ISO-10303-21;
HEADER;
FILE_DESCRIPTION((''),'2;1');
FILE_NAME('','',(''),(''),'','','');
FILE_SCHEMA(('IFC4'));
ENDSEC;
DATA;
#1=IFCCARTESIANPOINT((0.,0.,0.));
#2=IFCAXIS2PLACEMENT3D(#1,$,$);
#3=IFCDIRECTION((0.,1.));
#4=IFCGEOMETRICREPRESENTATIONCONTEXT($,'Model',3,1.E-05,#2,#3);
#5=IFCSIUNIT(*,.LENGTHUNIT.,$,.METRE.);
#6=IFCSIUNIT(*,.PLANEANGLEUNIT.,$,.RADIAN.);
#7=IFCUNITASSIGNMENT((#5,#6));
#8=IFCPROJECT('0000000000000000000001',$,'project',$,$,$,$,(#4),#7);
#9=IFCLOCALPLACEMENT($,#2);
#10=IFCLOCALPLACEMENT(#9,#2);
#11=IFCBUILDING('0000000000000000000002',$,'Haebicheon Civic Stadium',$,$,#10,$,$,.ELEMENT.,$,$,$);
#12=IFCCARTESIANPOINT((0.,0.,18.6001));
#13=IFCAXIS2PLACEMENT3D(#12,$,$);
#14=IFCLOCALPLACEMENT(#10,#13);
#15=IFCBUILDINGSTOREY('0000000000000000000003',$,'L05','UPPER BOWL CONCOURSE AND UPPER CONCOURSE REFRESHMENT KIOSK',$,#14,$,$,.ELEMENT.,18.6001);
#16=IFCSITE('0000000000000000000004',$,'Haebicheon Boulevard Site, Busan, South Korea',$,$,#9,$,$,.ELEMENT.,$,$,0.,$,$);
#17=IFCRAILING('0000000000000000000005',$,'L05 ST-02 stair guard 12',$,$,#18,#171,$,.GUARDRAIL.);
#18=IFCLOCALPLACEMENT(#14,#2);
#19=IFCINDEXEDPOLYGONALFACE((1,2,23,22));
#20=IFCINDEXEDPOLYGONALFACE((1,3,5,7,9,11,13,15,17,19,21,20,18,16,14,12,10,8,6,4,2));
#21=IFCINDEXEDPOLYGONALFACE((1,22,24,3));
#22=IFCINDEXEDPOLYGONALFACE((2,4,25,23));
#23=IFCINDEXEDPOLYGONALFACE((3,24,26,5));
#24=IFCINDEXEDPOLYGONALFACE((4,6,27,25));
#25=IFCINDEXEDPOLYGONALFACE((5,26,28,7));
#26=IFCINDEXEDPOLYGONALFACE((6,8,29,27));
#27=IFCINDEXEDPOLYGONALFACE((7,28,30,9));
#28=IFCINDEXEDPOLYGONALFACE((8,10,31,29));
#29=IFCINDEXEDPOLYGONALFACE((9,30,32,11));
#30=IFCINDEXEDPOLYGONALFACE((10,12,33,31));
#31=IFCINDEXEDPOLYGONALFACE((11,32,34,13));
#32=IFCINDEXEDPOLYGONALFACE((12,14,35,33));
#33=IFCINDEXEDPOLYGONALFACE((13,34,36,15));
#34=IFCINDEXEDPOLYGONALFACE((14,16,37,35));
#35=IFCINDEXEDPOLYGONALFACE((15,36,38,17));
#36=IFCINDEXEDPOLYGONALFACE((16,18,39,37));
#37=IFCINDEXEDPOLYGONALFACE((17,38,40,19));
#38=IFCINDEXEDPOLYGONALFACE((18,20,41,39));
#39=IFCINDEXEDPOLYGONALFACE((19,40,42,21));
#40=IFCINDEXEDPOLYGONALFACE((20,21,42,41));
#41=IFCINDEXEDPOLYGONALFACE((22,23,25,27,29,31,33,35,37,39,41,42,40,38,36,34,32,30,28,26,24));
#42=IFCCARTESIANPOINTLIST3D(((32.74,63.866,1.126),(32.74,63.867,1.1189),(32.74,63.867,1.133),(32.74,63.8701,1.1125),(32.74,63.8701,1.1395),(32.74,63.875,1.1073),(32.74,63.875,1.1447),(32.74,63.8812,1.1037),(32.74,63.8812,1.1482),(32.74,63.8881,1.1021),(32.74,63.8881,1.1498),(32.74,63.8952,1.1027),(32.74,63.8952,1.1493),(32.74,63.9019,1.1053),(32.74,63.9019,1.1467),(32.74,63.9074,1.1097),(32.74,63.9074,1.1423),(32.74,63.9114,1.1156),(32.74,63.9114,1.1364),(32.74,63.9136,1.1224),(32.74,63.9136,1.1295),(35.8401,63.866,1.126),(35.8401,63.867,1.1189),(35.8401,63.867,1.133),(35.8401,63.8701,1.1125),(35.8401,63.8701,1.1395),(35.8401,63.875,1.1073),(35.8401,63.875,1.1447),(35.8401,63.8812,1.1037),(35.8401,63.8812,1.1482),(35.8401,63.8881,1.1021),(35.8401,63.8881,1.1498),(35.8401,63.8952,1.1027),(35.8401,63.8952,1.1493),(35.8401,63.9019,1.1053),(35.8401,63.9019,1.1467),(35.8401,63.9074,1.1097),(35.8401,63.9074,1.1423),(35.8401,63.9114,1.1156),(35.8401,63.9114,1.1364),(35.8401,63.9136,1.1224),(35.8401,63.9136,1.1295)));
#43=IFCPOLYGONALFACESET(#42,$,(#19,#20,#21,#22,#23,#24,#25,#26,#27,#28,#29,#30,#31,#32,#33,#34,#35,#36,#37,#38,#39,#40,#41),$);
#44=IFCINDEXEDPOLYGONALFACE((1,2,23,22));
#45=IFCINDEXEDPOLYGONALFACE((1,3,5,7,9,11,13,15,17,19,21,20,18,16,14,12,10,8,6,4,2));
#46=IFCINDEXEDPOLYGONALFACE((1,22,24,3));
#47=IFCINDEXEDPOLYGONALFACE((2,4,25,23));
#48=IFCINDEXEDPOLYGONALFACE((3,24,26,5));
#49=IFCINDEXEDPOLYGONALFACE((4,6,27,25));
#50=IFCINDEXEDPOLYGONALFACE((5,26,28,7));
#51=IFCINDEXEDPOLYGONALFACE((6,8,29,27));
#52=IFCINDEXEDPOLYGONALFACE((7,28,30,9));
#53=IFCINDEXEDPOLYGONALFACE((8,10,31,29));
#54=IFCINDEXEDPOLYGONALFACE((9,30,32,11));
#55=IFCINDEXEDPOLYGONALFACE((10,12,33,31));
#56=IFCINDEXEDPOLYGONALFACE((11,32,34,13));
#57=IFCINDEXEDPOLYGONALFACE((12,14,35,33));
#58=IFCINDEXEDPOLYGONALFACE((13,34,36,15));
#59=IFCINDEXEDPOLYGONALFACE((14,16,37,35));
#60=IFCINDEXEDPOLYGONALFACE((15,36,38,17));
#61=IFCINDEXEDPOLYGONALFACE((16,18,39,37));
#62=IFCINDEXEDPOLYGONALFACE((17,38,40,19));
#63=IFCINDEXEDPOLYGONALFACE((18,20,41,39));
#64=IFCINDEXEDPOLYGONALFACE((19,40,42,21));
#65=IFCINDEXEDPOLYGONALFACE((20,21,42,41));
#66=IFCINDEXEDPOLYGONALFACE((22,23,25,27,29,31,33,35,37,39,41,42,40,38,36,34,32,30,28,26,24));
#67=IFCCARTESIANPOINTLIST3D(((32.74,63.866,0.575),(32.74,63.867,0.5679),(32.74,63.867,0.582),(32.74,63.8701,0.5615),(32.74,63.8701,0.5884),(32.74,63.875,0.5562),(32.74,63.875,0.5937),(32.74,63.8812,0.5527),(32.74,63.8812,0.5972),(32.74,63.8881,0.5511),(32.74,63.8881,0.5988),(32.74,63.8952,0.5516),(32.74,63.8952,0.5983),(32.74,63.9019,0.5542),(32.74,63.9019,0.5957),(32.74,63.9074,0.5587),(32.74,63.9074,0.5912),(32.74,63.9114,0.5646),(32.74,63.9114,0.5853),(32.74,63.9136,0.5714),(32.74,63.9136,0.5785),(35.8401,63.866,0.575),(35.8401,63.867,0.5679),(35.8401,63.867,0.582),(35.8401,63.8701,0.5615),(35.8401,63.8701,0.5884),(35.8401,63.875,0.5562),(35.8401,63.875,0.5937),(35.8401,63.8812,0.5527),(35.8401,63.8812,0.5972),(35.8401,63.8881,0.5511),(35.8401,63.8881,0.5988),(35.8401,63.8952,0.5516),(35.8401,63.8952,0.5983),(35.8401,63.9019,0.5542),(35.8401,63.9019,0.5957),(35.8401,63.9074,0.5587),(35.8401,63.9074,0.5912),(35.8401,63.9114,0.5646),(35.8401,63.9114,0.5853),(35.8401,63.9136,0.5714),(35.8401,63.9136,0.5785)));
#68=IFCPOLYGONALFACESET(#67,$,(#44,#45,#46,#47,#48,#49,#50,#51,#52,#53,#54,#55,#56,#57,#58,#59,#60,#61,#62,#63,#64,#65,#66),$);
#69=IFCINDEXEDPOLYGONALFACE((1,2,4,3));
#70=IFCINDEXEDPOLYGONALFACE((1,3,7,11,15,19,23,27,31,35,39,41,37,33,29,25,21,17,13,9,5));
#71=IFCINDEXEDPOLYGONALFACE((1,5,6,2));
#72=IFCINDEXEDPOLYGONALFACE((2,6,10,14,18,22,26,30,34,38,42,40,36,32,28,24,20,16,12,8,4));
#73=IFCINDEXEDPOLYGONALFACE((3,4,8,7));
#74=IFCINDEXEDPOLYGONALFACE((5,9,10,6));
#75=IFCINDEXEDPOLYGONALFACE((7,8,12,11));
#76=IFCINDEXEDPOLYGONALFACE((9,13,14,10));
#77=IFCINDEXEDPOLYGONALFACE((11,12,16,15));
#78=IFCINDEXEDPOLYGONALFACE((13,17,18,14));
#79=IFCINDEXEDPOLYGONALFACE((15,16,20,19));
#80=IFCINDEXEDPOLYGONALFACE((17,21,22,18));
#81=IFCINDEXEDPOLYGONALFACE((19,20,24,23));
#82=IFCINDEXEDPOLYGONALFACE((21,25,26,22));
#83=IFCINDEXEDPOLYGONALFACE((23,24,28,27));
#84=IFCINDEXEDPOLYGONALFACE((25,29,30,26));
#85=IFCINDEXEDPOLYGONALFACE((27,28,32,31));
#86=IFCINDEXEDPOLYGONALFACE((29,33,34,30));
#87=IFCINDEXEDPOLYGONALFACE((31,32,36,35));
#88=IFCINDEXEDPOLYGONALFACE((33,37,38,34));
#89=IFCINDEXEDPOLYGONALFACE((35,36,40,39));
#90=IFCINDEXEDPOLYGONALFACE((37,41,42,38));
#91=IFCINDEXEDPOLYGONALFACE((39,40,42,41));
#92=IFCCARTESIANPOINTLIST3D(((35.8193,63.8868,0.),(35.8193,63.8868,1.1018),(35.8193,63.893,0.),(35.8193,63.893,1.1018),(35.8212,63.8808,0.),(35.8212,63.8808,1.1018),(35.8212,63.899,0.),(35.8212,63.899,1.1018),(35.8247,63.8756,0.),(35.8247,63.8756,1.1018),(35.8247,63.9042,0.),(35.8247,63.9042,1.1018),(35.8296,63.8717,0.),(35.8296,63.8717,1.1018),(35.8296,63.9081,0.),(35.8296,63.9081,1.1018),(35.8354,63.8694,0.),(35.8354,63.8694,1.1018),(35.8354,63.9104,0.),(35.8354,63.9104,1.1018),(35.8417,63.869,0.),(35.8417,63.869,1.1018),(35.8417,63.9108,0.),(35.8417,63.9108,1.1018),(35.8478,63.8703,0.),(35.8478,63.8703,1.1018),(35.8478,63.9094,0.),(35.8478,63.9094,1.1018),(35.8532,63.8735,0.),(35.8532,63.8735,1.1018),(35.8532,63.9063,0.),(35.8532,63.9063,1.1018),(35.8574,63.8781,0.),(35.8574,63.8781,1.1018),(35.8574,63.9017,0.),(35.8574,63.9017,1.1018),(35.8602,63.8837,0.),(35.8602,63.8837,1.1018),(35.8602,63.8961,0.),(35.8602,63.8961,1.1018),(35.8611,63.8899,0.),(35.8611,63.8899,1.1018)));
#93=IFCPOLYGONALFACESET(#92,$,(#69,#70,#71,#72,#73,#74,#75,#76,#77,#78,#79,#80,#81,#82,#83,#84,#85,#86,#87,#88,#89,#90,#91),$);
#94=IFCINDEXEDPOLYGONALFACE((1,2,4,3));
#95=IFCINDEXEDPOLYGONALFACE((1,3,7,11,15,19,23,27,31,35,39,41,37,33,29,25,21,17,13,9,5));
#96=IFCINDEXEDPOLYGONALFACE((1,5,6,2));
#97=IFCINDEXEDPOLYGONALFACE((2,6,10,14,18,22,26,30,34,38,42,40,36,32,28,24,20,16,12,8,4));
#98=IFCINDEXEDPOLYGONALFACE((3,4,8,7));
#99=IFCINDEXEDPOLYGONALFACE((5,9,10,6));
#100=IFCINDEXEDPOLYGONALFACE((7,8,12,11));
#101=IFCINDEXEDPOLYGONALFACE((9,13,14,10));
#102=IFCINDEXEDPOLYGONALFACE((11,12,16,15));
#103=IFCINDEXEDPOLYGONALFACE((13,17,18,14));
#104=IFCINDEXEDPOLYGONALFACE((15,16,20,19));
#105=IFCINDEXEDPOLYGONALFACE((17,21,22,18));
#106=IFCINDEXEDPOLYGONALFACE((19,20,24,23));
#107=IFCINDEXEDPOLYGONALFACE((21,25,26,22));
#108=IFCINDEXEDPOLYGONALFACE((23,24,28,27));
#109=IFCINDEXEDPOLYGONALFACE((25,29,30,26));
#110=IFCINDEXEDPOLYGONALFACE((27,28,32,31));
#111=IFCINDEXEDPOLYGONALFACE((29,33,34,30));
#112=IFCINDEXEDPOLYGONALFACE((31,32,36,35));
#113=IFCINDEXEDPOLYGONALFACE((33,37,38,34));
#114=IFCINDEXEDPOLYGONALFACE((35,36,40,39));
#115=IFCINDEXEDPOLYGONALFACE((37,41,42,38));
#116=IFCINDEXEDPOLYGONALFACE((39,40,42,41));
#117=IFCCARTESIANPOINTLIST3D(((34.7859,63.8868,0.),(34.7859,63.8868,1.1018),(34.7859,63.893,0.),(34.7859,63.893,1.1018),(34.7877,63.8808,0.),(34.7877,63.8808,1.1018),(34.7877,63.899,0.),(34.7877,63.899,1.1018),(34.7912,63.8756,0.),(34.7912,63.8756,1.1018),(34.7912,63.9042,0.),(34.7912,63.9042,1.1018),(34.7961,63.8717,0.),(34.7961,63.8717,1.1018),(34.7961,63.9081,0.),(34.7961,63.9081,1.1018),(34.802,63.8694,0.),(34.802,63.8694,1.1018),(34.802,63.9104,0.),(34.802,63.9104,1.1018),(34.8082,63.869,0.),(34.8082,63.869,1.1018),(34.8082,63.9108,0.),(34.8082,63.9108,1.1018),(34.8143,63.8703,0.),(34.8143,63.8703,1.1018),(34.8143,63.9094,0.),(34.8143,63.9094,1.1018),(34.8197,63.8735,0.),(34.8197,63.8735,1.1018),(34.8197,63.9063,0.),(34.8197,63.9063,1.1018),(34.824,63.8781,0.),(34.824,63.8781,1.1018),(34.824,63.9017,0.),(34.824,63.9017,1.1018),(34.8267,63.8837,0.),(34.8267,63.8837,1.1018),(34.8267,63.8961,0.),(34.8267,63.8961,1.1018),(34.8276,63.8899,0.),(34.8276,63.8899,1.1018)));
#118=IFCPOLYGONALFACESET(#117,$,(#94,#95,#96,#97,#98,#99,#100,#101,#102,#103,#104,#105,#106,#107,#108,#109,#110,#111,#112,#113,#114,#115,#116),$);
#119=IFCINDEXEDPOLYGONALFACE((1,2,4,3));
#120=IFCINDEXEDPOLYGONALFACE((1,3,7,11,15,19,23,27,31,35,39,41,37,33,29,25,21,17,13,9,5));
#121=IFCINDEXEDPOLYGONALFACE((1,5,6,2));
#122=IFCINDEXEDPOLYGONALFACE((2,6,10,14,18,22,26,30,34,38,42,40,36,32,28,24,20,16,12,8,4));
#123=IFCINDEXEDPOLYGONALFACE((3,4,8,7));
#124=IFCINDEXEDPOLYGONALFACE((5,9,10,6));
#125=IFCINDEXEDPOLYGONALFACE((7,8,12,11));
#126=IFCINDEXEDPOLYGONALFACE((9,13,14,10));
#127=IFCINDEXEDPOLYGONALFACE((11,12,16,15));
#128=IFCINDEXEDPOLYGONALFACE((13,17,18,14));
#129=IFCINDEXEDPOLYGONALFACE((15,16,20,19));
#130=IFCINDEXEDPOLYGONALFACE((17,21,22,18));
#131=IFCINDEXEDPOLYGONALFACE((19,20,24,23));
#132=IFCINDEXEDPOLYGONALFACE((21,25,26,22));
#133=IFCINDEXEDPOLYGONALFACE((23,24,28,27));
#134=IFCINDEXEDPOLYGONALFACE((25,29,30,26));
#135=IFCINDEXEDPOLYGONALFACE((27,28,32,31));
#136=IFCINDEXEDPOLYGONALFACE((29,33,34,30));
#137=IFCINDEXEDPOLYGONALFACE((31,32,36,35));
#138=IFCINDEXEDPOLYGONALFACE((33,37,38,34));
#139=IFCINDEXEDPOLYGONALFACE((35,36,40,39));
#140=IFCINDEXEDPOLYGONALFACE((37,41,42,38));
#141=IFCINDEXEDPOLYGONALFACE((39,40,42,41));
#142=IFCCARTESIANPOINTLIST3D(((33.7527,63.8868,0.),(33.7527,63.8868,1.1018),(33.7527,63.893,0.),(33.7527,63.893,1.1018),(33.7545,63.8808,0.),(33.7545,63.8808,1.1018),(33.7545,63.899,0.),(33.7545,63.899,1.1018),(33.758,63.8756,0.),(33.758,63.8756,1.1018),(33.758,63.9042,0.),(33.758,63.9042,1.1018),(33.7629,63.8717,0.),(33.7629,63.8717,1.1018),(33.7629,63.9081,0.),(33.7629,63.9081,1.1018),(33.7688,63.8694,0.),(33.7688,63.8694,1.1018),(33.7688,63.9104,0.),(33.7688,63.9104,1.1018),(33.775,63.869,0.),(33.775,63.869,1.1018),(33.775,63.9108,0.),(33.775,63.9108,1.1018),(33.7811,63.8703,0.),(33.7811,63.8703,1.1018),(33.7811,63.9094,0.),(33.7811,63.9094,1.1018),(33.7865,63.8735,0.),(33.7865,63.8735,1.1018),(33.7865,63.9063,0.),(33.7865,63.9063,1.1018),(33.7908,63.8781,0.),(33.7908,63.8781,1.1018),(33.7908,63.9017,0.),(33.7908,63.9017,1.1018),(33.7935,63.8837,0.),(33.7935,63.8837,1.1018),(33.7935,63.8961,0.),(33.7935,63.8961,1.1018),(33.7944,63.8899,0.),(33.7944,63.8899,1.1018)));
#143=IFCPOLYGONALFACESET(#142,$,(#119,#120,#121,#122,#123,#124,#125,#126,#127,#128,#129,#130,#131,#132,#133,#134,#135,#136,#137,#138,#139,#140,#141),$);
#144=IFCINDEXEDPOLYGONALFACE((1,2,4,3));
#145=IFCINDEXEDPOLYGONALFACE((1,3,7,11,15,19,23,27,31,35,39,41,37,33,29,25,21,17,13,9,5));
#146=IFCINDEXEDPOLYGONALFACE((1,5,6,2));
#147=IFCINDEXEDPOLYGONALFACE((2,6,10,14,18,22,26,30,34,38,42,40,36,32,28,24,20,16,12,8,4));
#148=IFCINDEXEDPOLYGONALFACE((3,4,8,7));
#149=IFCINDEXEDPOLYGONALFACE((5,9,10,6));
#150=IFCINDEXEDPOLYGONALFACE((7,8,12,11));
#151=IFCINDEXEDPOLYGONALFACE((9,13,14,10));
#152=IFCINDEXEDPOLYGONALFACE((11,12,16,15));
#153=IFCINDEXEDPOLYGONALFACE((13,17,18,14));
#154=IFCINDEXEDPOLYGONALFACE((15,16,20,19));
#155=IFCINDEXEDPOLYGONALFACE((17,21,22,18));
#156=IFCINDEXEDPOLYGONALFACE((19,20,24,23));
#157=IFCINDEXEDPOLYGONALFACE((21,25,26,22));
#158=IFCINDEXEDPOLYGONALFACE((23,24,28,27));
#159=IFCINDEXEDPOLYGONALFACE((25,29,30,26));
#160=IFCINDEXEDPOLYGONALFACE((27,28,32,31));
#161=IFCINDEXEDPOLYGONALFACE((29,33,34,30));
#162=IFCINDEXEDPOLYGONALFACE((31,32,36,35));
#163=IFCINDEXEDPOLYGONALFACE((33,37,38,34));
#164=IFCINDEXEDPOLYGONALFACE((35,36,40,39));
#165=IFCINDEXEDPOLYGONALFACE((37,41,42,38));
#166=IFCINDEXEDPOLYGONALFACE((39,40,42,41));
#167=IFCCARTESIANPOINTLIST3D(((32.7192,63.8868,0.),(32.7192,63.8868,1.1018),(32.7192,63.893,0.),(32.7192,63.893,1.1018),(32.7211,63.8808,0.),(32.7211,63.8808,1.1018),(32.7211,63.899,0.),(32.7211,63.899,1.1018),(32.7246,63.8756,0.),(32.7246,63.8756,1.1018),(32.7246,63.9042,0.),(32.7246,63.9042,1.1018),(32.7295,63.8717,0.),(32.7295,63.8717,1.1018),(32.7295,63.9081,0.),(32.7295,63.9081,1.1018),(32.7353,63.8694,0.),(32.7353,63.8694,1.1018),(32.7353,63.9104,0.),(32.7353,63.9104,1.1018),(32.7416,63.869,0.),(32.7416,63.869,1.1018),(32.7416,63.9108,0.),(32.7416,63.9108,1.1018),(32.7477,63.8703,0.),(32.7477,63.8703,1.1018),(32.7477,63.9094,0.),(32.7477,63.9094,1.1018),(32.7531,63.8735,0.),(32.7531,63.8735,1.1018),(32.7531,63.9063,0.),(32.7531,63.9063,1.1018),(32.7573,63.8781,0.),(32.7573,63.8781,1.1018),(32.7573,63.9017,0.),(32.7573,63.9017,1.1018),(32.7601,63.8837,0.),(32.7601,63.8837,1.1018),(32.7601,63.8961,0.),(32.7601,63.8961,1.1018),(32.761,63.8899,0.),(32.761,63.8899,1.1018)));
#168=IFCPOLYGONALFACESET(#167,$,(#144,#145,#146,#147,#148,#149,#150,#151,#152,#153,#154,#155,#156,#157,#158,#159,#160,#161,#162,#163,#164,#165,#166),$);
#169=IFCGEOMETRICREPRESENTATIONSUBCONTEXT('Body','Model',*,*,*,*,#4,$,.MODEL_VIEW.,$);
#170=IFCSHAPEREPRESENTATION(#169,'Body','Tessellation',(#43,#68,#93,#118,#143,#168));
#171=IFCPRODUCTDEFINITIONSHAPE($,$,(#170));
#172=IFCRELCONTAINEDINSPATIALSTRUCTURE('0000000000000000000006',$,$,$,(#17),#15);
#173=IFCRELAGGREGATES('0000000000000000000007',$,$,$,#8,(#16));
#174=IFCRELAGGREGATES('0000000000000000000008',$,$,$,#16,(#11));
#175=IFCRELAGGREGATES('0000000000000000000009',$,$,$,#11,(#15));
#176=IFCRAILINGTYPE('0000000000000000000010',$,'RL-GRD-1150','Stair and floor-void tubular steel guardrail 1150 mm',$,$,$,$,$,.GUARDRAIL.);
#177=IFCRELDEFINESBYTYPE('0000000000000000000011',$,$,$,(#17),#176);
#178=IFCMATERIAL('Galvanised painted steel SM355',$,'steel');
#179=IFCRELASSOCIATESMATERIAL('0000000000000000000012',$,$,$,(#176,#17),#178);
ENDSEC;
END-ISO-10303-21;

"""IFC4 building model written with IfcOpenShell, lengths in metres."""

from ifc_helpers import new_model, si_unit, direction, frame, origin, origin_2d, place, context, subcontext, project, spatial, circle, extrude, material, type_object, element, save


model = new_model("IFC4")

# Units and contexts
model_context = context("Model", 3, precision=1e-05, world=origin(), true_north=direction((0.0, 1.0)))
body_context = subcontext(model_context, "Body", "Model", "MODEL_VIEW")
ifc_project = project(units=[si_unit("LENGTHUNIT", "METRE"), si_unit("PLANEANGLEUNIT", "RADIAN")], contexts=[model_context])

# Site, building, storey
site_placement = place(None, origin())
site = spatial("IfcSite", under=ifc_project, at=site_placement, Name="Haebicheon Boulevard Site, Busan, South Korea", CompositionType="ELEMENT", RefElevation=0.0)
building_placement = place(site_placement, origin())
building = spatial("IfcBuilding", under=site, at=building_placement, Name="Haebicheon Civic Stadium", CompositionType="ELEMENT")
storey_placement = place(building_placement, frame((0.0, 0.0, 18.6001)))
storey = spatial("IfcBuildingStorey", under=building, at=storey_placement, Name="L05", Description="UPPER BOWL CONCOURSE AND UPPER CONCOURSE REFRESHMENT KIOSK", CompositionType="ELEMENT", Elevation=18.6001)

# Railing
ifc_material_1 = material(Name="Galvanised painted steel SM355", Category="steel")
railing_type_1 = type_object("IfcRailingType", Name="RL-GRD-1150", Description="Stair and floor-void tubular steel guardrail 1150 mm", PredefinedType="GUARDRAIL", material=ifc_material_1)
railing_1_placement = place(storey_placement, frame((35.8401, 63.8899, 0.0)))
element("IfcRailing", 1, at=railing_1_placement, inside=storey, type_object=railing_type_1, material=ifc_material_1, Name="L05 ST-02 stair guard 12", PredefinedType="GUARDRAIL", context=body_context, shape_type="SweptSolid", body=[
    extrude(circle(Radius=0.0239, at=origin_2d()), frame((0.0, 0.0, 1.126), z_axis=(-1.0, 0.0, 0.0), x_axis=(0.0, -1.0, 0.0)), (0.0, 0.0, 1.0), 3.1001),
    extrude(circle(Radius=0.0239, at=origin_2d()), frame((0.0, 0.0, 0.575), z_axis=(-1.0, 0.0, 0.0), x_axis=(0.0, -1.0, 0.0)), (0.0, 0.0, 1.0), 3.1001),
    extrude(circle(Radius=0.021, at=origin_2d()), origin(), (0.0, 0.0, 1.0), 1.1018),
    extrude(circle(Radius=0.021, at=origin_2d()), frame((-1.0334, 0.0, 0.0)), (0.0, 0.0, 1.0), 1.1018),
    extrude(circle(Radius=0.021, at=origin_2d()), frame((-2.0667, 0.0, 0.0)), (0.0, 0.0, 1.0), 1.1018),
    extrude(circle(Radius=0.021, at=origin_2d()), frame((-3.1001, 0.0, 0.0)), (0.0, 0.0, 1.0), 1.1018),
])

save(model, "model.ifc")
